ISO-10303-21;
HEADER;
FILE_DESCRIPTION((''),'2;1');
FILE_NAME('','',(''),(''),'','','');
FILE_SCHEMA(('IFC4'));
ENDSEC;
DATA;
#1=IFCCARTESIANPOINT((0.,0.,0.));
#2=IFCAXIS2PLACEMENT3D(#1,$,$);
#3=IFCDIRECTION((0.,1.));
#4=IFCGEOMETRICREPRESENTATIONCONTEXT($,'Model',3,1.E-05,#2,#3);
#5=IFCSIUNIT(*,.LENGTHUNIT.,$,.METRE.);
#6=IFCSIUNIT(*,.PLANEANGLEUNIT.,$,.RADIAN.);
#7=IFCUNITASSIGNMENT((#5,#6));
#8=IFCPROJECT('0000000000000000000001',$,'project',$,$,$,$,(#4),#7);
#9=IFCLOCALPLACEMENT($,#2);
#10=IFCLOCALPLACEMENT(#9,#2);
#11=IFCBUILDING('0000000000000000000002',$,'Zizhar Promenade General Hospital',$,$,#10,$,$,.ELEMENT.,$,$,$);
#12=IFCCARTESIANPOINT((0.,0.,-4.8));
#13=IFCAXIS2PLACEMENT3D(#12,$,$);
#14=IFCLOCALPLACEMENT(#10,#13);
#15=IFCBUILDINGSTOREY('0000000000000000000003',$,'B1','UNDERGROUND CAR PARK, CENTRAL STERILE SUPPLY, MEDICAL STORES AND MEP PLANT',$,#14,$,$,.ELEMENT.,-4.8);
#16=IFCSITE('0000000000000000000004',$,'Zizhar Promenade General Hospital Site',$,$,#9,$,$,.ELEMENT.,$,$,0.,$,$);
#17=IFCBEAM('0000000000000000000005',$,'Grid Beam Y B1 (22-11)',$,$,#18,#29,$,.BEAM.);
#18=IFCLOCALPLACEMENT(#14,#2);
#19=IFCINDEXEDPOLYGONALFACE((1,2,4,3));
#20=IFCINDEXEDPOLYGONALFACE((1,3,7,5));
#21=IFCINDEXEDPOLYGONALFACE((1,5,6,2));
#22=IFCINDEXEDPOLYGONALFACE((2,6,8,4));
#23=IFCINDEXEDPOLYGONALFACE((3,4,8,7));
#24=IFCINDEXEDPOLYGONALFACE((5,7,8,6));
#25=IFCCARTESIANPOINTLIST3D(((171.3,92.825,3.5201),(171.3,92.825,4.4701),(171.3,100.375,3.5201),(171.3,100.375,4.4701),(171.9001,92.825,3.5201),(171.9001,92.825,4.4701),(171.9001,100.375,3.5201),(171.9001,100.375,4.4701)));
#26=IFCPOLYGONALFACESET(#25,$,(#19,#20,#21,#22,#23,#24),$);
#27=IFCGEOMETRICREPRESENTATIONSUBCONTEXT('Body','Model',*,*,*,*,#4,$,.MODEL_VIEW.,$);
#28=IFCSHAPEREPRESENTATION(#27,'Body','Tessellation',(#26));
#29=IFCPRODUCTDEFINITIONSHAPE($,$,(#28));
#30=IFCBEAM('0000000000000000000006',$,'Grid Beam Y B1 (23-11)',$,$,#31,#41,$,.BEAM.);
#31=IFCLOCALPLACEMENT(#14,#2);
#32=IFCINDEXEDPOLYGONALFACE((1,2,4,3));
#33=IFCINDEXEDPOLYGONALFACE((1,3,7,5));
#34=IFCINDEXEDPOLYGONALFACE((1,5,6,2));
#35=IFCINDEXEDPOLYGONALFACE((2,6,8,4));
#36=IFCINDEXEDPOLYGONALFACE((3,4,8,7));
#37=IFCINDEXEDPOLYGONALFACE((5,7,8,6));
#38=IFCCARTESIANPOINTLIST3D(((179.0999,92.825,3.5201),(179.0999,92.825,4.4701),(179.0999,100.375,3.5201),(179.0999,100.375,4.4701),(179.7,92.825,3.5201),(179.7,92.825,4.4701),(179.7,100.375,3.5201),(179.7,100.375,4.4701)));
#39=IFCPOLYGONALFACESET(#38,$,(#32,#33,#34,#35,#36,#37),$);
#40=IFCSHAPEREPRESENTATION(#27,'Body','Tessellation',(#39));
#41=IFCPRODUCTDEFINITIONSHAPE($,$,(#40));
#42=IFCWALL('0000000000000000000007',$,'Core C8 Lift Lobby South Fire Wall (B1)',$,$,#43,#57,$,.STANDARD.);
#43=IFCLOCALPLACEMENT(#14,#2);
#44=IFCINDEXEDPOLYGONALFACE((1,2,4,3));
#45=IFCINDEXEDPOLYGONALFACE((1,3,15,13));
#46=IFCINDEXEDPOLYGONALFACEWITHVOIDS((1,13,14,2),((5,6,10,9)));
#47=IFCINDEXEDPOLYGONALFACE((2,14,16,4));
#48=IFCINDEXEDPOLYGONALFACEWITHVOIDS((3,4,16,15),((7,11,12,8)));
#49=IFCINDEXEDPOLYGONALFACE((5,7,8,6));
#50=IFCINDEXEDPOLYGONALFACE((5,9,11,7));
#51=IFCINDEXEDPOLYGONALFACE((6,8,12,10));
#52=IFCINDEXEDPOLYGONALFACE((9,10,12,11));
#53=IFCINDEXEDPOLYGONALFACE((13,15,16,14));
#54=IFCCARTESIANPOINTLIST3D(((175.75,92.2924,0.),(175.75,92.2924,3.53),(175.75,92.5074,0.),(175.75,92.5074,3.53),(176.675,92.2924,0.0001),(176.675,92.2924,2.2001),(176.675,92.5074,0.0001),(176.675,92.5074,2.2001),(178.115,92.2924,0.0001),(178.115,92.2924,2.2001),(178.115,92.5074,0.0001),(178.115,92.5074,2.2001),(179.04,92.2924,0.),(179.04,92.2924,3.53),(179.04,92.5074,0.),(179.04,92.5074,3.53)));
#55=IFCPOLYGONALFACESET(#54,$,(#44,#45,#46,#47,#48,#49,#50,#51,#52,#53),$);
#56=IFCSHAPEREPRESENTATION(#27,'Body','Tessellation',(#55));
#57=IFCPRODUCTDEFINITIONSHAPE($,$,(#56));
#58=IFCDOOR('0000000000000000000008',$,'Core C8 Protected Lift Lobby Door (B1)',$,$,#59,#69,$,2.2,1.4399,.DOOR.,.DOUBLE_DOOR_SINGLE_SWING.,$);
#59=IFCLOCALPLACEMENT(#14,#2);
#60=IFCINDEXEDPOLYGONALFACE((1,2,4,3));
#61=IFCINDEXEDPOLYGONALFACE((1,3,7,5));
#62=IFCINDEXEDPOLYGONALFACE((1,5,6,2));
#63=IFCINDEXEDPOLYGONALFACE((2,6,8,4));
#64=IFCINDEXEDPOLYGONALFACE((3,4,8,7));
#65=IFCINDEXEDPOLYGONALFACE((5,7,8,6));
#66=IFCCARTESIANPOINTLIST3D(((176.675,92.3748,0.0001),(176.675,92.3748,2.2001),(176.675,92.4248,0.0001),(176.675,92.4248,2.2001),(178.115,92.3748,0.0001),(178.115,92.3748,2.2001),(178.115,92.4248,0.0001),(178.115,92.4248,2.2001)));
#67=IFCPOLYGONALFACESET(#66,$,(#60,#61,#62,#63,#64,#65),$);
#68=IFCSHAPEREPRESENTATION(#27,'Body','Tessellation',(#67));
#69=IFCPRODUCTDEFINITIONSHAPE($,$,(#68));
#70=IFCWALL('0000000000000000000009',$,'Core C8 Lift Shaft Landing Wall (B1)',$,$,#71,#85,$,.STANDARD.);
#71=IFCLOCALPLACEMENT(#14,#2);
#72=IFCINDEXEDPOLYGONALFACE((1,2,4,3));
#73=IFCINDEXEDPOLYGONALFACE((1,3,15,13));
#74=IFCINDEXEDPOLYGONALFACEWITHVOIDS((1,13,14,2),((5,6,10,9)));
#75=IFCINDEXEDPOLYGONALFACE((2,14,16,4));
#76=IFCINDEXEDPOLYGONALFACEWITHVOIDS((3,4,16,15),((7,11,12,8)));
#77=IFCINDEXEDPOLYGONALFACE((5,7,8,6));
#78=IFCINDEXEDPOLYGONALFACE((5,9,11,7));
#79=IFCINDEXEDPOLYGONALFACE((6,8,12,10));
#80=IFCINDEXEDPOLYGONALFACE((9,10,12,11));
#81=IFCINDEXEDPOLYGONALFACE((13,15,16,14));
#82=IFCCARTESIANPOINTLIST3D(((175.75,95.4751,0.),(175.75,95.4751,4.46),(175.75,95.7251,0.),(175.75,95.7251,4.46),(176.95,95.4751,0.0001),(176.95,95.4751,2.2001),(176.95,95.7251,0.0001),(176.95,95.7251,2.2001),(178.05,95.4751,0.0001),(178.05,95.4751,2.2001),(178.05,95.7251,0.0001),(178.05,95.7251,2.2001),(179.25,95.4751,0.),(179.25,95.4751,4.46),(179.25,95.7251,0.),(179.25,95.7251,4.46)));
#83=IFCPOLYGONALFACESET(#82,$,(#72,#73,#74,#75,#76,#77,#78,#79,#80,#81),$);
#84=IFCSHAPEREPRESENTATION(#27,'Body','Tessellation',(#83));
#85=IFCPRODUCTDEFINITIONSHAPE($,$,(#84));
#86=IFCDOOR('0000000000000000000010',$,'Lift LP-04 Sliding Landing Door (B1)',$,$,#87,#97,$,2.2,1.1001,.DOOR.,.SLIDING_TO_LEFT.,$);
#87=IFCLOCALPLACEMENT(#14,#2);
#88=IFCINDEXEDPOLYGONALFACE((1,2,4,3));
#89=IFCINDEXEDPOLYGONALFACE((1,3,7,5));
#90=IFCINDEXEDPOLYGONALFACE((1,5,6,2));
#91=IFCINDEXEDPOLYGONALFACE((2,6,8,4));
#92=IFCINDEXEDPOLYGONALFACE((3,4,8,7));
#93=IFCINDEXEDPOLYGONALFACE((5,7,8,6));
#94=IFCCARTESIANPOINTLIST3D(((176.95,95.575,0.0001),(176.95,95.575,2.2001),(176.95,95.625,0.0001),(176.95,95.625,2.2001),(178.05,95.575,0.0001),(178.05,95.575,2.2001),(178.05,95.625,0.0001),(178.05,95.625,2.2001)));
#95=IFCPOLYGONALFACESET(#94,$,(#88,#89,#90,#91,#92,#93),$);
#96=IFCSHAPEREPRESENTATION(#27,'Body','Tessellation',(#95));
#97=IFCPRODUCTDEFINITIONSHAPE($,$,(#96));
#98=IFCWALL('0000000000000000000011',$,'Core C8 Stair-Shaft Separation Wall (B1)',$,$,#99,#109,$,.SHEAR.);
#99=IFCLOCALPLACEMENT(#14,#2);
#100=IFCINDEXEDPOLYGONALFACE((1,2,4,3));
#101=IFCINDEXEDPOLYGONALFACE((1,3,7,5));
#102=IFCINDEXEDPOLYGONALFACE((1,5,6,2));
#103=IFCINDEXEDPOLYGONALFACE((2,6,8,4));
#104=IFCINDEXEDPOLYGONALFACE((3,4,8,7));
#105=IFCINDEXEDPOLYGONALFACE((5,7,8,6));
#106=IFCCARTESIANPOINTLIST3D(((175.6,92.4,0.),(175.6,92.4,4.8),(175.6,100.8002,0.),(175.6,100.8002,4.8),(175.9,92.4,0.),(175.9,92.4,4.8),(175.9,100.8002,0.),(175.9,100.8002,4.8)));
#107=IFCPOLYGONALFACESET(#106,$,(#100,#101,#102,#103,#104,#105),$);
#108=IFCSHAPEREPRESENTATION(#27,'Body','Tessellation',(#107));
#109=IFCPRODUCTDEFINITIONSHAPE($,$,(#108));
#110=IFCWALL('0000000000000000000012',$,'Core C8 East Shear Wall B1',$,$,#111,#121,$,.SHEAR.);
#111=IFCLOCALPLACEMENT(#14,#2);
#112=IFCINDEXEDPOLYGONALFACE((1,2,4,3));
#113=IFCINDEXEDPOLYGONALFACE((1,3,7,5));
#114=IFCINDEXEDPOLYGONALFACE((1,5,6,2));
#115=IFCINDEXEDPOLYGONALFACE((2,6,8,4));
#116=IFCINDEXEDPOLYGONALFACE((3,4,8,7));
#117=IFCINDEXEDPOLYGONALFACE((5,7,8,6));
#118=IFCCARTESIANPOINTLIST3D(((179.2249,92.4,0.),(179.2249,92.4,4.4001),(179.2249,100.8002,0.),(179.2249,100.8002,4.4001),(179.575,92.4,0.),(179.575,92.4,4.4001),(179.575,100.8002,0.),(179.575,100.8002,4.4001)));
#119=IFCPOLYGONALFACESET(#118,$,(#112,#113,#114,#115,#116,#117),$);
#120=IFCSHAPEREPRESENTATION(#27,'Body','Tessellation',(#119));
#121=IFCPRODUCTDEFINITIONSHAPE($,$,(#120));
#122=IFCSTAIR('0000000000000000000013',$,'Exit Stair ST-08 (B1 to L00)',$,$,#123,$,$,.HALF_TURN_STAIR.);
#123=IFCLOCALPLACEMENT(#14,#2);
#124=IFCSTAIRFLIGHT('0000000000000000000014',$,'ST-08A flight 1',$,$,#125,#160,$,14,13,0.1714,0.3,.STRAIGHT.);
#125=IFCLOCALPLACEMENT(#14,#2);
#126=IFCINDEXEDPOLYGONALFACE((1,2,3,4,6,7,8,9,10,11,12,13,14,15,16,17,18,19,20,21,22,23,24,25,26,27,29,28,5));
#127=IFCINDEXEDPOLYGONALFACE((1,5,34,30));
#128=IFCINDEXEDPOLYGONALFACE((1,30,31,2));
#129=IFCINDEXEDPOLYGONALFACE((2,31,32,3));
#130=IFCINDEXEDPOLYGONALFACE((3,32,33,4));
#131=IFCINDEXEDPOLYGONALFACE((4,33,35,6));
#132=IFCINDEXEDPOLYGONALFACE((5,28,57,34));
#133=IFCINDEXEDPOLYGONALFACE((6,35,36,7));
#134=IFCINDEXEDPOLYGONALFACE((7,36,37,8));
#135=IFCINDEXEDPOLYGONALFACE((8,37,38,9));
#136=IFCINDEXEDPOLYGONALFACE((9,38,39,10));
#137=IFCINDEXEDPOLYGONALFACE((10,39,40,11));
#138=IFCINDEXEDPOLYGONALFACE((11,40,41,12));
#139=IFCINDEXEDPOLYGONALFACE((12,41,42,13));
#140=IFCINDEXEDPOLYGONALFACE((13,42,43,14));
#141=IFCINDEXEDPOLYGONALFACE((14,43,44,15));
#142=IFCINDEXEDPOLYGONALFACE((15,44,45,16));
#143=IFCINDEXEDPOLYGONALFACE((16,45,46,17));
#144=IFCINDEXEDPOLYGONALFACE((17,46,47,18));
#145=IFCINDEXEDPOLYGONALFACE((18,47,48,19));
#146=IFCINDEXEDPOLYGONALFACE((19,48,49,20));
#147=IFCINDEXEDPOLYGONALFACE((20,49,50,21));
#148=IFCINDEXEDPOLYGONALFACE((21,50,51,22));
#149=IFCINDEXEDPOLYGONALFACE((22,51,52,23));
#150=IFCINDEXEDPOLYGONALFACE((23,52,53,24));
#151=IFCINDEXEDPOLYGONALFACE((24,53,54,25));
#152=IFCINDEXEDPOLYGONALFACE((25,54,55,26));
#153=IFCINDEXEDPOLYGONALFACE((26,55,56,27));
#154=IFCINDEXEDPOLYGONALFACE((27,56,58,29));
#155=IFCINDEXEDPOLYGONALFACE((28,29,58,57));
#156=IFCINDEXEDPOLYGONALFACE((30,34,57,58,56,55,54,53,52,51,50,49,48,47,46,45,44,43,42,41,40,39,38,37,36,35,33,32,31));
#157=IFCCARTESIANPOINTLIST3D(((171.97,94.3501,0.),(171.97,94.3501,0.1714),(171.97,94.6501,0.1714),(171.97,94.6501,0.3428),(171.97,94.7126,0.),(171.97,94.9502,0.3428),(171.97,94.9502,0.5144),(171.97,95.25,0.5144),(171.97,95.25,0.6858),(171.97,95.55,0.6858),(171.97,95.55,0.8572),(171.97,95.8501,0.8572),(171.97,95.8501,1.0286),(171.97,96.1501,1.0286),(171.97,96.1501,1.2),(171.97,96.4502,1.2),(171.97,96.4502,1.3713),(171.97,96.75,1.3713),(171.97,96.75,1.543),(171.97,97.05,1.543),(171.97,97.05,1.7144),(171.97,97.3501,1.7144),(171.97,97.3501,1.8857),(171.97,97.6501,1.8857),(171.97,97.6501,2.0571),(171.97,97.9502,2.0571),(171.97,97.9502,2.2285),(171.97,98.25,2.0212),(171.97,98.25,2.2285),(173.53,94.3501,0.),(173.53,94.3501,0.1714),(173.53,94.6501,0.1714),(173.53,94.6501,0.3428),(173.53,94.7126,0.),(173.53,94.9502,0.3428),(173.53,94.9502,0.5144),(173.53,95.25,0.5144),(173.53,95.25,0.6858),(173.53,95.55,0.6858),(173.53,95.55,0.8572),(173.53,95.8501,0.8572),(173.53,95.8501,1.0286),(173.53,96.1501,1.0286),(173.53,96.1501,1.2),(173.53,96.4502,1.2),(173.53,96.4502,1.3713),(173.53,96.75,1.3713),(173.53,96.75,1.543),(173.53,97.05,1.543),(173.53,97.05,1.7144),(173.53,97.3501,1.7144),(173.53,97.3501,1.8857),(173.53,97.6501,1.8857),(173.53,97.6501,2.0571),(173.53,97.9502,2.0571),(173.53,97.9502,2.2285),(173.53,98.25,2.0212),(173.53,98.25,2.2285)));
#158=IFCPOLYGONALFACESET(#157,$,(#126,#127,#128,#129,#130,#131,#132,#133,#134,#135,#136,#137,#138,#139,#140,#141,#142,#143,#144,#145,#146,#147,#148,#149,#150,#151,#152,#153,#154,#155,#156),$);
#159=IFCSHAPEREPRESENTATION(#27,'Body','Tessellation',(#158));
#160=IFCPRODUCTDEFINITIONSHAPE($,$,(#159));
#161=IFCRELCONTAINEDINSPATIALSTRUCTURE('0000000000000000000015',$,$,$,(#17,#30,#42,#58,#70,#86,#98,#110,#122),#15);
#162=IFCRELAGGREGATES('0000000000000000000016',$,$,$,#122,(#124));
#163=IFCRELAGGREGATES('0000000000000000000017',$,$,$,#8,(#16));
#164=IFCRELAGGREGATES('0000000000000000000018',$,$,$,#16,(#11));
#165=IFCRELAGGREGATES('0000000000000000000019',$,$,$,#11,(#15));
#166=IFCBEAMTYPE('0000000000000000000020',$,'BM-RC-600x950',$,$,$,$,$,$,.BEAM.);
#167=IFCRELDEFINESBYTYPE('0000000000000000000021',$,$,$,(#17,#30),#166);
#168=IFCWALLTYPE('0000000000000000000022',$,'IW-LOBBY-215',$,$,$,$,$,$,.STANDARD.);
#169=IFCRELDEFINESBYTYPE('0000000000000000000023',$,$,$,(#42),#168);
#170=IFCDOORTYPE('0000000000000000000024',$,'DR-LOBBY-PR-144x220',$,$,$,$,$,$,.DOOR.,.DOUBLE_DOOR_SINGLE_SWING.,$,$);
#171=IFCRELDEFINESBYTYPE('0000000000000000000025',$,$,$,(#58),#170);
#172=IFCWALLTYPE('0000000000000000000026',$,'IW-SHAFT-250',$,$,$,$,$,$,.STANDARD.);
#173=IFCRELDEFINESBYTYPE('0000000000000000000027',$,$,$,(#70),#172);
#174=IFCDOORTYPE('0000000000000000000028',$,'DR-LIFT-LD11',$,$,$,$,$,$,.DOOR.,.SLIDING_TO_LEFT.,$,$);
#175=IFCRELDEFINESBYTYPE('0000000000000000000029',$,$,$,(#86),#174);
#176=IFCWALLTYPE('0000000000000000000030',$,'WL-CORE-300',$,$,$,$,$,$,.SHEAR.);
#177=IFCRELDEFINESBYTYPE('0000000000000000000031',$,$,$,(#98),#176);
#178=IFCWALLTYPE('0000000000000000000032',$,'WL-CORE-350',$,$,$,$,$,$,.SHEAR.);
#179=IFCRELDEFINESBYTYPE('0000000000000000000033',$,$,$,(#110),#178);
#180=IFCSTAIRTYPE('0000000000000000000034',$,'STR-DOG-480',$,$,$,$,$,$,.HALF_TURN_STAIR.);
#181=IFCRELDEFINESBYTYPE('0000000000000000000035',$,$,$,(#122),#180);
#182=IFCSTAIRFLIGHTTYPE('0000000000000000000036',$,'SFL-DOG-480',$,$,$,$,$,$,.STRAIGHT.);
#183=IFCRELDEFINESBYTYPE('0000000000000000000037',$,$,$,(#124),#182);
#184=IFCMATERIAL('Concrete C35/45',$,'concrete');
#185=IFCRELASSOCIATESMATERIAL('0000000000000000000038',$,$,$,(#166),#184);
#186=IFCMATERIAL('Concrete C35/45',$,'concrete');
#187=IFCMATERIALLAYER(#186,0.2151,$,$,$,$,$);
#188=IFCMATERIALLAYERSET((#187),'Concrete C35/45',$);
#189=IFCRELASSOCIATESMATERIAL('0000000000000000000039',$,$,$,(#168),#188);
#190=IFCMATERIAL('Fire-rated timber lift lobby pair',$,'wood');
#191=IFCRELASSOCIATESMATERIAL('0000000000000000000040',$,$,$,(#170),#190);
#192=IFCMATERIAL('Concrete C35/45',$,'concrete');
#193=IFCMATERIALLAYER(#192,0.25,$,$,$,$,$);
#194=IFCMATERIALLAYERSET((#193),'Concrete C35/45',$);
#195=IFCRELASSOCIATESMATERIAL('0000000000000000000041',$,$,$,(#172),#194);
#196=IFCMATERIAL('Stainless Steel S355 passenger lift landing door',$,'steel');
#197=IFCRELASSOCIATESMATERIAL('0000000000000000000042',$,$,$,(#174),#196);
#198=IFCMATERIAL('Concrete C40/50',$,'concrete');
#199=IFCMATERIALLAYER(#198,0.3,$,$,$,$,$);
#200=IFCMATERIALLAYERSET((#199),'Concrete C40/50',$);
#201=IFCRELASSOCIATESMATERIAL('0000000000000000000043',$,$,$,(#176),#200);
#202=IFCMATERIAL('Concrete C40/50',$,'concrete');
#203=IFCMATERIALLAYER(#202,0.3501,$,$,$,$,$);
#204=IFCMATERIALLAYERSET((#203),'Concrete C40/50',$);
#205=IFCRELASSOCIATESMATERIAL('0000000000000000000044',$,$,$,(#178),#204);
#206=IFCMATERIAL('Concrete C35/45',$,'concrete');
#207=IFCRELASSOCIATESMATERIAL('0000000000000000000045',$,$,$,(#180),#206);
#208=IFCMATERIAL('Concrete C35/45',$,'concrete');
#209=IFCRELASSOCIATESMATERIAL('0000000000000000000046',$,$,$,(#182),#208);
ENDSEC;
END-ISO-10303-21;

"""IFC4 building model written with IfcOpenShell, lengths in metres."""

from ifc_helpers import new_model, si_unit, direction, frame, frame_2d, origin, origin_2d, place, context, subcontext, project, spatial, polyline, rectangle, outline, extrude, material, layer, layer_set, material_profile, profile_set, type_object, element, fill, aggregate, save


model = new_model("IFC4")

# Units and contexts
model_context = context("Model", 3, precision=1e-05, world=origin(), true_north=direction((0.0, 1.0)))
body_context = subcontext(model_context, "Body", "Model", "MODEL_VIEW")
ifc_project = project(units=[si_unit("LENGTHUNIT", "METRE"), si_unit("PLANEANGLEUNIT", "RADIAN")], contexts=[model_context])

# Site, building, storey
site_placement = place(None, origin())
site = spatial("IfcSite", under=ifc_project, at=site_placement, Name="Zizhar Promenade General Hospital Site", CompositionType="ELEMENT", RefElevation=0.0)
building_placement = place(site_placement, origin())
building = spatial("IfcBuilding", under=site, at=building_placement, Name="Zizhar Promenade General Hospital", CompositionType="ELEMENT")
storey_placement = place(building_placement, frame((0.0, 0.0, -4.8)))
storey = spatial("IfcBuildingStorey", under=building, at=storey_placement, Name="B1", Description="UNDERGROUND CAR PARK, CENTRAL STERILE SUPPLY, MEDICAL STORES AND MEP PLANT", CompositionType="ELEMENT", Elevation=-4.8)

# Beams
ifc_material_1 = material(Name="Concrete C35/45", Category="concrete")
ifc_material_profile_1 = material_profile(ifc_material_1, rectangle(XDim=0.6001, YDim=0.95, at=origin_2d()))
ifc_profile_set_1 = profile_set([ifc_material_profile_1], Name="Concrete C35/45")
beam_type_1 = type_object("IfcBeamType", Name="BM-RC-600x950", PredefinedType="BEAM", material=ifc_profile_set_1)
for number, where, z_axis, x_axis, name in (
    (1, (171.6001, 92.825, 3.9951), (0.0, 1.0, 0.0), (-1.0, 0.0, 0.0), "Grid Beam Y B1 (22-11)"),
    (2, (179.3999, 92.825, 3.9951), (0.0, 1.0, 0.0), (-1.0, 0.0, 0.0), "Grid Beam Y B1 (23-11)"),
):
    element("IfcBeam", number, at=place(storey_placement, frame(where, z_axis=z_axis, x_axis=x_axis)), inside=storey, type_object=beam_type_1, Name=name, PredefinedType="BEAM", context=body_context, shape_type="SweptSolid", body=[
        extrude(rectangle(XDim=0.6001, YDim=0.95, at=origin_2d()), origin(), (0.0, 0.0, 1.0), 7.55),
    ])

# Walls, openings, doors
ifc_material_2 = material(Name="Concrete C35/45", Category="concrete")
ifc_layer_1 = layer(ifc_material_2, 0.2151)
ifc_layer_set_1 = layer_set([ifc_layer_1], Name="Concrete C35/45")
wall_type_1 = type_object("IfcWallType", Name="IW-LOBBY-215", PredefinedType="STANDARD", material=ifc_layer_set_1)
wall_1_placement = place(storey_placement, frame((175.75, 92.3999, 0.0), z_axis=(0.0, 0.0, 1.0), x_axis=(1.0, 0.0, 0.0)))
wall_1 = element("IfcWall", 3, at=wall_1_placement, inside=storey, type_object=wall_type_1, Name="Core C8 Lift Lobby South Fire Wall (B1)", PredefinedType="STANDARD", context=body_context, shape_type="SweptSolid", body=[
    extrude(rectangle(XDim=3.29, YDim=0.2151, at=frame_2d((1.645, 0.0))), origin(), (0.0, 0.0, 1.0), 3.53),
])
opening_1_placement = place(wall_1_placement, frame((0.925, 0.0, 0.0)))
opening_1 = element("IfcOpeningElement", 4, at=opening_1_placement, cuts=wall_1, PredefinedType="OPENING", context=body_context, shape_type="SweptSolid", body=[
    extrude(rectangle(XDim=1.4399, YDim=2.2, at=frame_2d((0.72, 1.1001))), frame((0.0, 0.1177, 0.0), z_axis=(0.0, -1.0, 0.0), x_axis=(1.0, 0.0, 0.0)), (0.0, 0.0, 1.0), 0.2351),
])
ifc_material_3 = material(Name="Fire-rated timber lift lobby pair", Category="wood")
door_type_1 = type_object("IfcDoorType", Name="DR-LOBBY-PR-144x220", OperationType="DOUBLE_DOOR_SINGLE_SWING", PredefinedType="DOOR", material=ifc_material_3)
door_1_placement = place(opening_1_placement, origin())
door_1 = element("IfcDoor", 5, at=door_1_placement, inside=storey, type_object=door_type_1, Name="Core C8 Protected Lift Lobby Door (B1)", OperationType="DOUBLE_DOOR_SINGLE_SWING", OverallHeight=2.2, OverallWidth=1.4399, PredefinedType="DOOR", context=body_context, shape_type="SweptSolid", body=[
    extrude(rectangle(XDim=1.4399, YDim=2.2, at=frame_2d((0.72, 1.1001))), frame((0.0, 0.0249, 0.0), z_axis=(0.0, -1.0, 0.0), x_axis=(1.0, 0.0, 0.0)), (0.0, 0.0, 1.0), 0.05),
])
fill(opening_1, door_1)
ifc_material_4 = material(Name="Concrete C35/45", Category="concrete")
ifc_layer_2 = layer(ifc_material_4, 0.25)
ifc_layer_set_2 = layer_set([ifc_layer_2], Name="Concrete C35/45")
wall_type_2 = type_object("IfcWallType", Name="IW-SHAFT-250", PredefinedType="STANDARD", material=ifc_layer_set_2)
wall_2_placement = place(storey_placement, frame((175.75, 95.6001, 0.0), z_axis=(0.0, 0.0, 1.0), x_axis=(1.0, 0.0, 0.0)))
wall_2 = element("IfcWall", 6, at=wall_2_placement, inside=storey, type_object=wall_type_2, Name="Core C8 Lift Shaft Landing Wall (B1)", PredefinedType="STANDARD", context=body_context, shape_type="SweptSolid", body=[
    extrude(rectangle(XDim=3.5, YDim=0.25, at=frame_2d((1.75, 0.0))), origin(), (0.0, 0.0, 1.0), 4.46),
])
opening_2_placement = place(wall_2_placement, frame((1.2, 0.0, 0.0)))
opening_2 = element("IfcOpeningElement", 7, at=opening_2_placement, cuts=wall_2, PredefinedType="OPENING", context=body_context, shape_type="SweptSolid", body=[
    extrude(rectangle(XDim=1.1001, YDim=2.2, at=frame_2d((0.55, 1.1001))), frame((0.0, 0.135, 0.0), z_axis=(0.0, -1.0, 0.0), x_axis=(1.0, 0.0, 0.0)), (0.0, 0.0, 1.0), 0.27),
])
ifc_material_5 = material(Name="Stainless Steel S355 passenger lift landing door", Category="steel")
door_type_2 = type_object("IfcDoorType", Name="DR-LIFT-LD11", OperationType="SLIDING_TO_LEFT", PredefinedType="DOOR", material=ifc_material_5)
door_2_placement = place(opening_2_placement, origin())
door_2 = element("IfcDoor", 8, at=door_2_placement, inside=storey, type_object=door_type_2, Name="Lift LP-04 Sliding Landing Door (B1)", OperationType="SLIDING_TO_LEFT", OverallHeight=2.2, OverallWidth=1.1001, PredefinedType="DOOR", context=body_context, shape_type="SweptSolid", body=[
    extrude(rectangle(XDim=1.1001, YDim=2.2, at=frame_2d((0.55, 1.1001))), frame((0.0, 0.0249, 0.0), z_axis=(0.0, -1.0, 0.0), x_axis=(1.0, 0.0, 0.0)), (0.0, 0.0, 1.0), 0.05),
])
fill(opening_2, door_2)

# Walls
ifc_material_6 = material(Name="Concrete C40/50", Category="concrete")
ifc_layer_3 = layer(ifc_material_6, 0.3)
ifc_layer_set_3 = layer_set([ifc_layer_3], Name="Concrete C40/50")
wall_type_3 = type_object("IfcWallType", Name="WL-CORE-300", PredefinedType="SHEAR", material=ifc_layer_set_3)
wall_3_placement = place(storey_placement, frame((175.75, 92.3999, 0.0), z_axis=(0.0, 0.0, 1.0), x_axis=(0.0, 1.0, 0.0)))
element("IfcWall", 9, at=wall_3_placement, inside=storey, type_object=wall_type_3, Name="Core C8 Stair-Shaft Separation Wall (B1)", PredefinedType="SHEAR", context=body_context, shape_type="SweptSolid", body=[
    extrude(rectangle(XDim=8.4001, YDim=0.3, at=frame_2d((4.2002, 0.0))), origin(), (0.0, 0.0, 1.0), 4.8),
])
ifc_material_7 = material(Name="Concrete C40/50", Category="concrete")
ifc_layer_4 = layer(ifc_material_7, 0.3501)
ifc_layer_set_4 = layer_set([ifc_layer_4], Name="Concrete C40/50")
wall_type_4 = type_object("IfcWallType", Name="WL-CORE-350", PredefinedType="SHEAR", material=ifc_layer_set_4)
wall_4_placement = place(storey_placement, frame((179.3999, 92.3999, 0.0), z_axis=(0.0, 0.0, 1.0), x_axis=(0.0, 1.0, 0.0)))
element("IfcWall", 10, at=wall_4_placement, inside=storey, type_object=wall_type_4, Name="Core C8 East Shear Wall B1", PredefinedType="SHEAR", context=body_context, shape_type="SweptSolid", body=[
    extrude(rectangle(XDim=8.4001, YDim=0.3501, at=frame_2d((4.2002, 0.0))), origin(), (0.0, 0.0, 1.0), 4.4001),
])

# Stair, stair flight
ifc_material_8 = material(Name="Concrete C35/45", Category="concrete")
stair_type = type_object("IfcStairType", Name="STR-DOG-480", PredefinedType="HALF_TURN_STAIR", material=ifc_material_8)
stair_placement = place(storey_placement, origin())
stair = element("IfcStair", 11, at=stair_placement, inside=storey, type_object=stair_type, Name="Exit Stair ST-08 (B1 to L00)", PredefinedType="HALF_TURN_STAIR")
ifc_material_9 = material(Name="Concrete C35/45", Category="concrete")
stair_flight_type = type_object("IfcStairFlightType", Name="SFL-DOG-480", PredefinedType="STRAIGHT", material=ifc_material_9)
stair_flight_1_placement = place(storey_placement, frame((172.75, 94.3501, 0.0), z_axis=(0.0, 0.0, 1.0), x_axis=(0.0, 1.0, 0.0)))
stair_flight_1 = element("IfcStairFlight", 12, at=stair_flight_1_placement, type_object=stair_flight_type, Name="ST-08A flight 1", NumberOfRisers=14, NumberOfTreads=13, PredefinedType="STRAIGHT", RiserHeight=0.1714, TreadLength=0.3, context=body_context, shape_type="SweptSolid", body=[
    extrude(outline(polyline([(0.0, 0.0), (0.0, 0.1714), (0.3, 0.1714), (0.3, 0.3428), (0.6001, 0.3428), (0.6001, 0.5144), (0.8999, 0.5144), (0.8999, 0.6858), (1.2, 0.6858), (1.2, 0.8572), (1.5, 0.8572), (1.5, 1.0286), (1.8, 1.0286), (1.8, 1.2), (2.1001, 1.2), (2.1001, 1.3713), (2.3999, 1.3713), (2.3999, 1.543), (2.7, 1.543), (2.7, 1.7144), (3.0, 1.7144), (3.0, 1.8857), (3.3, 1.8857), (3.3, 2.0571), (3.6001, 2.0571), (3.6001, 2.2285), (3.8999, 2.2285), (3.8999, 2.3999), (3.8999, 2.0212), (0.3625, 0.0), (0.0, 0.0)])), frame((0.0, 0.78, 0.0), z_axis=(0.0, -1.0, 0.0), x_axis=(1.0, 0.0, 0.0)), (0.0, 0.0, 1.0), 1.5601),
])
aggregate(stair, [stair_flight_1])

save(model, "model.ifc")
